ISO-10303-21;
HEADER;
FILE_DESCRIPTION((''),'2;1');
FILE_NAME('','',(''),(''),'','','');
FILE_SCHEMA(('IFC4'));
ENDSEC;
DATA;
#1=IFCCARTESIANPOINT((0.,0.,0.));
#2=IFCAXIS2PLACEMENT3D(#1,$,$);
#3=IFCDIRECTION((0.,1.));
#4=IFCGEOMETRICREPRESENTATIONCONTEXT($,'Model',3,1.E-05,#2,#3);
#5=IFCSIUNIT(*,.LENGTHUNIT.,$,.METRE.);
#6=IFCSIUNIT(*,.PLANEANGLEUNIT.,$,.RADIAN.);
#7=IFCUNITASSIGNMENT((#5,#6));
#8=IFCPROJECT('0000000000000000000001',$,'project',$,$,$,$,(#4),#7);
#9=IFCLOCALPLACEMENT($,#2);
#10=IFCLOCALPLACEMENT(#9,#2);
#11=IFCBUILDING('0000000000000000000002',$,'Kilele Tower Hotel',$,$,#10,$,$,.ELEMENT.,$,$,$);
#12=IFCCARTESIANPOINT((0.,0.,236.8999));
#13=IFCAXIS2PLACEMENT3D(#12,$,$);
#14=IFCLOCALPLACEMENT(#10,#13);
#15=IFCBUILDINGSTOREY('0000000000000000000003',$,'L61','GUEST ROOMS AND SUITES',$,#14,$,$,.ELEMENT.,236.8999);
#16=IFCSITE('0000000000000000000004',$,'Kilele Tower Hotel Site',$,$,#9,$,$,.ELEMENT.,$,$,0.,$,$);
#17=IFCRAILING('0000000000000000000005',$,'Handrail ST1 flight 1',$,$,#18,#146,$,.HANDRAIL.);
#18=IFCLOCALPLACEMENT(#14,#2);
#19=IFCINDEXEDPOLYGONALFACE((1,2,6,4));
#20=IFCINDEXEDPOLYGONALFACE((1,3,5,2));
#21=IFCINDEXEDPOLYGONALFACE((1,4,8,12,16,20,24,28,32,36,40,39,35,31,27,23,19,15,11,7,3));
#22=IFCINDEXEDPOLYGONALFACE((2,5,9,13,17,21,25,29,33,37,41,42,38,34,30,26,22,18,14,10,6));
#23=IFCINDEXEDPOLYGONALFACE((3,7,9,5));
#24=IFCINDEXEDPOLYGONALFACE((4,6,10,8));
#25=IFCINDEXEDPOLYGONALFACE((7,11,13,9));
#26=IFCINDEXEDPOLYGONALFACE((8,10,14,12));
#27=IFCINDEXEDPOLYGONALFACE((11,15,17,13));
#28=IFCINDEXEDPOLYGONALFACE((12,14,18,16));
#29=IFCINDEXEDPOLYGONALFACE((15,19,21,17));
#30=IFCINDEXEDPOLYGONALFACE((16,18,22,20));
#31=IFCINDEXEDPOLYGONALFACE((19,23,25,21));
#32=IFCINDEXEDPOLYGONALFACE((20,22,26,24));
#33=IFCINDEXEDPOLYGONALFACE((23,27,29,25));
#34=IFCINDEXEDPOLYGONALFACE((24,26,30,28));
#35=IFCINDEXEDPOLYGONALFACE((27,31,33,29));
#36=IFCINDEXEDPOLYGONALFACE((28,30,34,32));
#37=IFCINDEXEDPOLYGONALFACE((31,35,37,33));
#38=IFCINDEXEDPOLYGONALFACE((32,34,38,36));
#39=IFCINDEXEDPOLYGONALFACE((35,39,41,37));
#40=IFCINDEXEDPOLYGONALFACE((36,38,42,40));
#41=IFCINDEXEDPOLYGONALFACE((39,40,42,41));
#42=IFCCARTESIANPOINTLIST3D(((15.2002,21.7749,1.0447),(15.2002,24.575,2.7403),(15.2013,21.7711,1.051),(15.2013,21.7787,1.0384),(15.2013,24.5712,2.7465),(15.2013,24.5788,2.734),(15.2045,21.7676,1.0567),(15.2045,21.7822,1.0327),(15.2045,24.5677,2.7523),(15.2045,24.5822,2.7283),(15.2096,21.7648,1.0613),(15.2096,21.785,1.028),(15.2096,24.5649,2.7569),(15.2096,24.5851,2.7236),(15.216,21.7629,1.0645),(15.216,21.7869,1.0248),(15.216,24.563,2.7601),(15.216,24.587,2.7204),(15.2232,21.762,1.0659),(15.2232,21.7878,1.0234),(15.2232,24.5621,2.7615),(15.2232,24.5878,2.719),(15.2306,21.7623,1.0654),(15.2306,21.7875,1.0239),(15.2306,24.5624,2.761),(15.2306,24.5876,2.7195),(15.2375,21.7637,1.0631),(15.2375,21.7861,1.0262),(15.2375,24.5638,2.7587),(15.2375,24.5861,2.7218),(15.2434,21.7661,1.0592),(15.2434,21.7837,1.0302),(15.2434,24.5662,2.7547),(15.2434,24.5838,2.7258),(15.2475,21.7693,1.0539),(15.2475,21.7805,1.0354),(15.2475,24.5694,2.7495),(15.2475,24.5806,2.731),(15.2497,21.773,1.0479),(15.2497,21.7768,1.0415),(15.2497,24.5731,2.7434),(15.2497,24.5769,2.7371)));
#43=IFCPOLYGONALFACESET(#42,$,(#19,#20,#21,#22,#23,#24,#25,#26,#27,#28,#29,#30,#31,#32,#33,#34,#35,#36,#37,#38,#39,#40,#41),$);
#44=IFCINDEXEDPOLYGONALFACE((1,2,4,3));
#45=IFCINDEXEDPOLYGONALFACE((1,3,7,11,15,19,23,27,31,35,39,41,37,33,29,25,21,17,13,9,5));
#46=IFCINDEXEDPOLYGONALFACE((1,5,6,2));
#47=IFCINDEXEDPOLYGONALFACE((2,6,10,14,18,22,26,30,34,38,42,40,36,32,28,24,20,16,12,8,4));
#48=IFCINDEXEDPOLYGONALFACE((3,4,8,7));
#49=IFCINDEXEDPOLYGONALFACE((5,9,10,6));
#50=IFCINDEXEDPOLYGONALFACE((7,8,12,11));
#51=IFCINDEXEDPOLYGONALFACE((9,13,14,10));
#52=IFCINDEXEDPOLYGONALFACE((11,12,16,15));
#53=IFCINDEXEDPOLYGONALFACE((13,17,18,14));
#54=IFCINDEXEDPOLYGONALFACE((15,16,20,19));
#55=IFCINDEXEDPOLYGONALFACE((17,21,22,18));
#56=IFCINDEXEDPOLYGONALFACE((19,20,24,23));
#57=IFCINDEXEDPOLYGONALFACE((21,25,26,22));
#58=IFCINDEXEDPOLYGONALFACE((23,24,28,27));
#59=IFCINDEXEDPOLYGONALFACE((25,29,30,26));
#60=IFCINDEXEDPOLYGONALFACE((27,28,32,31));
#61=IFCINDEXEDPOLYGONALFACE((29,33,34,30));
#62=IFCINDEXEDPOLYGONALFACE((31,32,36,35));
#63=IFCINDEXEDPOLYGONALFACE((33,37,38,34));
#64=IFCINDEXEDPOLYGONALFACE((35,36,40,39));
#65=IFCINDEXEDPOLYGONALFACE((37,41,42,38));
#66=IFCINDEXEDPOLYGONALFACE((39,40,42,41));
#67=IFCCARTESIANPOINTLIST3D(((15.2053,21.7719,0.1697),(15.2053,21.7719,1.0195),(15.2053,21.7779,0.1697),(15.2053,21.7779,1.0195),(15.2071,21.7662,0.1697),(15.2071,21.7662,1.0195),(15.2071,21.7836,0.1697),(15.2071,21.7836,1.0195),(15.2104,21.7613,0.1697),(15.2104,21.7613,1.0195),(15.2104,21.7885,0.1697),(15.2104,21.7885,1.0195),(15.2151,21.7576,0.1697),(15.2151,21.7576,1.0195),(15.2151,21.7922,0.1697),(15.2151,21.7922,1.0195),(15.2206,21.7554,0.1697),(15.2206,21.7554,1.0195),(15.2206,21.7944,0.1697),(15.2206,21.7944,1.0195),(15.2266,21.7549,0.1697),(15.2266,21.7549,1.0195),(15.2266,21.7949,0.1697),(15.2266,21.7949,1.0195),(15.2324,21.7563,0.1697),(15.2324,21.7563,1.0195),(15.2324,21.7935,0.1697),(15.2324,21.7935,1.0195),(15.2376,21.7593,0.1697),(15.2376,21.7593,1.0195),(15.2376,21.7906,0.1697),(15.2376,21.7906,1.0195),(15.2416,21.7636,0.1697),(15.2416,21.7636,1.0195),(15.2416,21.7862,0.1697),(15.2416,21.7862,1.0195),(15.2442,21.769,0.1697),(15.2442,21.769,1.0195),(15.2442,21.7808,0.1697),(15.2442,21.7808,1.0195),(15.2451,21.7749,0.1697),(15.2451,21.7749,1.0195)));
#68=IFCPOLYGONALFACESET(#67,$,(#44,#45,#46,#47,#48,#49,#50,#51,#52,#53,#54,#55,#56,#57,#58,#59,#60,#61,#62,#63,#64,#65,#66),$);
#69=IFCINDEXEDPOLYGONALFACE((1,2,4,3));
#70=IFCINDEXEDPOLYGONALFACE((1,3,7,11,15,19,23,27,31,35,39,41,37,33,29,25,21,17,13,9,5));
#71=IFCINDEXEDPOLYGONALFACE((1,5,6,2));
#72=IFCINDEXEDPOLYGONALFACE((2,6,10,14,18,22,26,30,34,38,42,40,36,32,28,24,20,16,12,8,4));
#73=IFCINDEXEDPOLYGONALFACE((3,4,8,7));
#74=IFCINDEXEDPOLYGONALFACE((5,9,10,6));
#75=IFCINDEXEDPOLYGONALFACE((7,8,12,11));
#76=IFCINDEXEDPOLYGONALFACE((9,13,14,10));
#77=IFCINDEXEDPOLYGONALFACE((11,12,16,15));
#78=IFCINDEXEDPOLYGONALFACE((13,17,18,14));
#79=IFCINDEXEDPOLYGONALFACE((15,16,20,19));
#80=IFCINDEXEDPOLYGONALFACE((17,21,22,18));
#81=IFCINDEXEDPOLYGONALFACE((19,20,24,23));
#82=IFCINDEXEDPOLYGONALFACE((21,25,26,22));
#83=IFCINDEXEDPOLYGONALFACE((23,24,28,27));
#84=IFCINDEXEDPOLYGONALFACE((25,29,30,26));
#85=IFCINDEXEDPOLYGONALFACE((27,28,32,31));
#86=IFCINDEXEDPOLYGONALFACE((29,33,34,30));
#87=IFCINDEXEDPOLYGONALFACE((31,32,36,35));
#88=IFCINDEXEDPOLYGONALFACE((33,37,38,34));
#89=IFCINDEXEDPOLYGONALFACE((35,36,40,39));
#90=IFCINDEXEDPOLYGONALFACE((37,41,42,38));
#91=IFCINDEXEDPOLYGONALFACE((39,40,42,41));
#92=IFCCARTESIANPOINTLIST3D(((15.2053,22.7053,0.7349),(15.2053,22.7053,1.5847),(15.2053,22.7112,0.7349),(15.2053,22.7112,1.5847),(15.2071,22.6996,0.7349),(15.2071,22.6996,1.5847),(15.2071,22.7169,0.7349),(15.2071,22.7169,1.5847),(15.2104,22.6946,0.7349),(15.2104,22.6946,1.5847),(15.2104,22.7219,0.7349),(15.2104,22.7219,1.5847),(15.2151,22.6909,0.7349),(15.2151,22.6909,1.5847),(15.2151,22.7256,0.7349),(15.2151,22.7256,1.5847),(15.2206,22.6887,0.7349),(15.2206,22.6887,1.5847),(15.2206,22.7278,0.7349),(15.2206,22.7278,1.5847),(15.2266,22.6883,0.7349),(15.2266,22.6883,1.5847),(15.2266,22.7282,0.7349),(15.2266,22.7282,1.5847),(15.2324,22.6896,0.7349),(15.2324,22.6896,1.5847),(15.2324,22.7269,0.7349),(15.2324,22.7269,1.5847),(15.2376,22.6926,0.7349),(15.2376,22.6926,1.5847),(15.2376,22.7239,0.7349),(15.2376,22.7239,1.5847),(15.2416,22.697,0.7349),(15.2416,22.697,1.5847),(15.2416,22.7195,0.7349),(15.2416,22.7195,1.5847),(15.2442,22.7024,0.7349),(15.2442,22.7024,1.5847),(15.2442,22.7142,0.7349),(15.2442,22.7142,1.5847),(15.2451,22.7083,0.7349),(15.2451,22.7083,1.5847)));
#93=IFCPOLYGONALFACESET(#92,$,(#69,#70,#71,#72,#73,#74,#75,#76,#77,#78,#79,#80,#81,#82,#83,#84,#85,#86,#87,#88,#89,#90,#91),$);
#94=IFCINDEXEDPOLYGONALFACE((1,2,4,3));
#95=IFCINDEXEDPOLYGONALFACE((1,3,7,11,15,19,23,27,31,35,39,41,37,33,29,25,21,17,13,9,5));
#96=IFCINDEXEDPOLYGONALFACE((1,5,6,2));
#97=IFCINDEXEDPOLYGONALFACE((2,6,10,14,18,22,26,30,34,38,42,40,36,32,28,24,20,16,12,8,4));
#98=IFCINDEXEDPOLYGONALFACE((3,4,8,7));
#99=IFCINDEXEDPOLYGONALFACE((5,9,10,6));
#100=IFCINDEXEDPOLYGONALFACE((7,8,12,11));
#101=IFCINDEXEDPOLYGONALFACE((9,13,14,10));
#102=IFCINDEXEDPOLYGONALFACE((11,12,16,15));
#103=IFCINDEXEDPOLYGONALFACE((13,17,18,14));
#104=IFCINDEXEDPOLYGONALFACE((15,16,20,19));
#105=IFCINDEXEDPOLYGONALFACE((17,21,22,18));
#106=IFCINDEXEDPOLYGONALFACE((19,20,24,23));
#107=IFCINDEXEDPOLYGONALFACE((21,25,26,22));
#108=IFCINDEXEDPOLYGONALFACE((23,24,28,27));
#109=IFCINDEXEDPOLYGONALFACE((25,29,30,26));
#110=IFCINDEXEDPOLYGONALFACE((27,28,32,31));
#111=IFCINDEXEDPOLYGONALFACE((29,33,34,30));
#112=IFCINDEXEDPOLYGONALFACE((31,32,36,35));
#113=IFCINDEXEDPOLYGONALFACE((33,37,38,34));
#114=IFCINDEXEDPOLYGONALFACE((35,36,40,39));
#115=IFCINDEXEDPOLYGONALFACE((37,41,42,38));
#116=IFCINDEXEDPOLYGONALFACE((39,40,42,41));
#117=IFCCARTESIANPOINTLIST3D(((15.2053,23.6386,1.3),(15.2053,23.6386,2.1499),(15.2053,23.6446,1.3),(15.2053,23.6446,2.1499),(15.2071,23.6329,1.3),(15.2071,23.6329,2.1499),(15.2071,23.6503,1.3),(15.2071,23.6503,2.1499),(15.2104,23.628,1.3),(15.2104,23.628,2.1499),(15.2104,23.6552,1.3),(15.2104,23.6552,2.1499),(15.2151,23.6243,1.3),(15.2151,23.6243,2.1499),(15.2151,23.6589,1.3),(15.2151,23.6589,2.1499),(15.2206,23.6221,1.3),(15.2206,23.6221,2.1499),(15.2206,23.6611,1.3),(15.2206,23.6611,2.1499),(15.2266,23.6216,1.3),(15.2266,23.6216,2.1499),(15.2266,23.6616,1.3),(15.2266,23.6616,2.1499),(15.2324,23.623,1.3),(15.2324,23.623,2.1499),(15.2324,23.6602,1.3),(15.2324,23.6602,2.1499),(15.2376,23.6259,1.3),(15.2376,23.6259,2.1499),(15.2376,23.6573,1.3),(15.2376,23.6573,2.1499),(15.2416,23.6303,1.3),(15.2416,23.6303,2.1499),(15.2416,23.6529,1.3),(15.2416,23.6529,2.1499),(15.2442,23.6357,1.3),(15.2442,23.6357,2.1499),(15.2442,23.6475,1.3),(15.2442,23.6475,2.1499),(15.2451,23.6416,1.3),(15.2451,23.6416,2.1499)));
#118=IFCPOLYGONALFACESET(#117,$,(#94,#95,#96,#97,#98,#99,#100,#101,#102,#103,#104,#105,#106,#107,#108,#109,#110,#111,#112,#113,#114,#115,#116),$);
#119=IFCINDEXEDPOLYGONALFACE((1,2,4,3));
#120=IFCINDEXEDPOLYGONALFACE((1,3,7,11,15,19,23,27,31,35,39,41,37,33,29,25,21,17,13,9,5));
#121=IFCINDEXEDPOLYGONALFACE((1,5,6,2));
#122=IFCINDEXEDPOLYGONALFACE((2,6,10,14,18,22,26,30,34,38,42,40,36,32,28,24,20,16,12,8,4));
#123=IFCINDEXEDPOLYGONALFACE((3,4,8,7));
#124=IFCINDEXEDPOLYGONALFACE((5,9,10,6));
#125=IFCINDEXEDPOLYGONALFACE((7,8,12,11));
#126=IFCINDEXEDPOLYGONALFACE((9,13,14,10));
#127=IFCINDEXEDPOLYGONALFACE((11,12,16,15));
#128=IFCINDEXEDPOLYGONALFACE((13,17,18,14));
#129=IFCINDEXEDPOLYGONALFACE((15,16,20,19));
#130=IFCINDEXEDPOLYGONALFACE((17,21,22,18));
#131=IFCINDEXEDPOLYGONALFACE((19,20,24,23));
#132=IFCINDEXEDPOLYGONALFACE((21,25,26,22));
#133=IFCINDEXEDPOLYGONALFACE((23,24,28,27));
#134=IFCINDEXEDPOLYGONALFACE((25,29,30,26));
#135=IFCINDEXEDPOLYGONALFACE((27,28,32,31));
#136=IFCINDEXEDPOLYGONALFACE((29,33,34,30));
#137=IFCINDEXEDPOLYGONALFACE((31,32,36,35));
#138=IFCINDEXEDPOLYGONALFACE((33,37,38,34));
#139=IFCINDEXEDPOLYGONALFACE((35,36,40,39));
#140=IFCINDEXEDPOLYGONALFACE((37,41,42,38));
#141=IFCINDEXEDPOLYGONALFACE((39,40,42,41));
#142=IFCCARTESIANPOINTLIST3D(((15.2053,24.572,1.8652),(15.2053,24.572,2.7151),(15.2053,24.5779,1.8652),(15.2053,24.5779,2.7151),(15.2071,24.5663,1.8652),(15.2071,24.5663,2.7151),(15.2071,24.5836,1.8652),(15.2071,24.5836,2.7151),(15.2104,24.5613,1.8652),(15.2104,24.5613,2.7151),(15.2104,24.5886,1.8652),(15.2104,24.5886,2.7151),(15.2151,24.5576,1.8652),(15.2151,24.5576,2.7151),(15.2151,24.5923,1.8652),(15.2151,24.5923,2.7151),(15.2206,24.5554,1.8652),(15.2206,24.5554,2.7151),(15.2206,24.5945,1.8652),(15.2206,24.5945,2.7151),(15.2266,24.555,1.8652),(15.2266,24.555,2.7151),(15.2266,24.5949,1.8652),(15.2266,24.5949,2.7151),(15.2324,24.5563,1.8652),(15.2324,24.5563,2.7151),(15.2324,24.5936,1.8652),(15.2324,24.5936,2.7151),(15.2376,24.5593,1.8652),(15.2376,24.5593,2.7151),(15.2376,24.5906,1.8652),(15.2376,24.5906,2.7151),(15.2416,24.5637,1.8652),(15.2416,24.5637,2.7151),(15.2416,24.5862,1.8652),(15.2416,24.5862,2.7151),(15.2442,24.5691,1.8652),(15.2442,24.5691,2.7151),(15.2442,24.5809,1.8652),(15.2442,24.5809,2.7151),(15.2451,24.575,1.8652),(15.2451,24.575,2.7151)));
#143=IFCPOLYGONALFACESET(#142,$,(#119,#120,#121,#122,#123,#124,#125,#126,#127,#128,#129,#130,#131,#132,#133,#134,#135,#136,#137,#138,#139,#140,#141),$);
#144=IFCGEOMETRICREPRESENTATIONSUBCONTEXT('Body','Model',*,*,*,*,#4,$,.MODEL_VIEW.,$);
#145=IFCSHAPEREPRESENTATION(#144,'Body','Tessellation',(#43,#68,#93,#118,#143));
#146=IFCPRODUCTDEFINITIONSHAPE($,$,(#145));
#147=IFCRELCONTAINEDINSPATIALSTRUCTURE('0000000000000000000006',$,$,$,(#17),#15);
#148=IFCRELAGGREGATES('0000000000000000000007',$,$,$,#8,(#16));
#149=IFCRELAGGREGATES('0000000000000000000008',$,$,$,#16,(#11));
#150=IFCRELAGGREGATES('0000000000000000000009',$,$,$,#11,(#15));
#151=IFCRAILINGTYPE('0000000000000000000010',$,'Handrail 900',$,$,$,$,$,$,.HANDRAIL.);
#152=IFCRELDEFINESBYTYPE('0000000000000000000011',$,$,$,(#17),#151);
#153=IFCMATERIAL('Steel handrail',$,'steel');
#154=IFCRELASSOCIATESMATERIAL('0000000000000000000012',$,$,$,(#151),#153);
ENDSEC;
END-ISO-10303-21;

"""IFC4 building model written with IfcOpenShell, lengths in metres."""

from ifc_helpers import new_model, si_unit, direction, frame, origin, origin_2d, place, context, subcontext, project, spatial, circle, extrude, material, type_object, element, save


model = new_model("IFC4")

# Units and contexts
model_context = context("Model", 3, precision=1e-05, world=origin(), true_north=direction((0.0, 1.0)))
body_context = subcontext(model_context, "Body", "Model", "MODEL_VIEW")
ifc_project = project(units=[si_unit("LENGTHUNIT", "METRE"), si_unit("PLANEANGLEUNIT", "RADIAN")], contexts=[model_context])

# Site, building, storey
site_placement = place(None, origin())
site = spatial("IfcSite", under=ifc_project, at=site_placement, Name="Kilele Tower Hotel Site", CompositionType="ELEMENT", RefElevation=0.0)
building_placement = place(site_placement, origin())
building = spatial("IfcBuilding", under=site, at=building_placement, Name="Kilele Tower Hotel", CompositionType="ELEMENT")
storey_placement = place(building_placement, frame((0.0, 0.0, 236.8999)))
storey = spatial("IfcBuildingStorey", under=building, at=storey_placement, Name="L61", Description="GUEST ROOMS AND SUITES", CompositionType="ELEMENT", Elevation=236.8999)

# Railing
ifc_material_1 = material(Name="Steel handrail", Category="steel")
railing_type_1 = type_object("IfcRailingType", Name="Handrail 900", PredefinedType="HANDRAIL", material=ifc_material_1)
for number, where, name in (
    (1, (15.2251, 21.7749, 0.1697), "Handrail ST1 flight 1"),
):
    element("IfcRailing", number, at=place(storey_placement, frame(where)), inside=storey, type_object=railing_type_1, Name=name, PredefinedType="HANDRAIL", context=body_context, shape_type="SweptSolid", body=[
        extrude(circle(Radius=0.0249, at=origin_2d()), frame((0.0, 0.0, 0.875), z_axis=(0.0, 0.855393, 0.517979), x_axis=(-1.0, 0.0, 0.0)), (0.0, 0.0, 1.0), 3.2734),
        extrude(circle(Radius=0.02, at=origin_2d()), origin(), (0.0, 0.0, 1.0), 0.8499),
        extrude(circle(Radius=0.02, at=origin_2d()), frame((0.0, 0.9333, 0.5652)), (0.0, 0.0, 1.0), 0.8499),
        extrude(circle(Radius=0.02, at=origin_2d()), frame((0.0, 1.8667, 1.1304)), (0.0, 0.0, 1.0), 0.8499),
        extrude(circle(Radius=0.02, at=origin_2d()), frame((0.0, 2.8, 1.6956)), (0.0, 0.0, 1.0), 0.8499),
    ])

save(model, "model.ifc")
